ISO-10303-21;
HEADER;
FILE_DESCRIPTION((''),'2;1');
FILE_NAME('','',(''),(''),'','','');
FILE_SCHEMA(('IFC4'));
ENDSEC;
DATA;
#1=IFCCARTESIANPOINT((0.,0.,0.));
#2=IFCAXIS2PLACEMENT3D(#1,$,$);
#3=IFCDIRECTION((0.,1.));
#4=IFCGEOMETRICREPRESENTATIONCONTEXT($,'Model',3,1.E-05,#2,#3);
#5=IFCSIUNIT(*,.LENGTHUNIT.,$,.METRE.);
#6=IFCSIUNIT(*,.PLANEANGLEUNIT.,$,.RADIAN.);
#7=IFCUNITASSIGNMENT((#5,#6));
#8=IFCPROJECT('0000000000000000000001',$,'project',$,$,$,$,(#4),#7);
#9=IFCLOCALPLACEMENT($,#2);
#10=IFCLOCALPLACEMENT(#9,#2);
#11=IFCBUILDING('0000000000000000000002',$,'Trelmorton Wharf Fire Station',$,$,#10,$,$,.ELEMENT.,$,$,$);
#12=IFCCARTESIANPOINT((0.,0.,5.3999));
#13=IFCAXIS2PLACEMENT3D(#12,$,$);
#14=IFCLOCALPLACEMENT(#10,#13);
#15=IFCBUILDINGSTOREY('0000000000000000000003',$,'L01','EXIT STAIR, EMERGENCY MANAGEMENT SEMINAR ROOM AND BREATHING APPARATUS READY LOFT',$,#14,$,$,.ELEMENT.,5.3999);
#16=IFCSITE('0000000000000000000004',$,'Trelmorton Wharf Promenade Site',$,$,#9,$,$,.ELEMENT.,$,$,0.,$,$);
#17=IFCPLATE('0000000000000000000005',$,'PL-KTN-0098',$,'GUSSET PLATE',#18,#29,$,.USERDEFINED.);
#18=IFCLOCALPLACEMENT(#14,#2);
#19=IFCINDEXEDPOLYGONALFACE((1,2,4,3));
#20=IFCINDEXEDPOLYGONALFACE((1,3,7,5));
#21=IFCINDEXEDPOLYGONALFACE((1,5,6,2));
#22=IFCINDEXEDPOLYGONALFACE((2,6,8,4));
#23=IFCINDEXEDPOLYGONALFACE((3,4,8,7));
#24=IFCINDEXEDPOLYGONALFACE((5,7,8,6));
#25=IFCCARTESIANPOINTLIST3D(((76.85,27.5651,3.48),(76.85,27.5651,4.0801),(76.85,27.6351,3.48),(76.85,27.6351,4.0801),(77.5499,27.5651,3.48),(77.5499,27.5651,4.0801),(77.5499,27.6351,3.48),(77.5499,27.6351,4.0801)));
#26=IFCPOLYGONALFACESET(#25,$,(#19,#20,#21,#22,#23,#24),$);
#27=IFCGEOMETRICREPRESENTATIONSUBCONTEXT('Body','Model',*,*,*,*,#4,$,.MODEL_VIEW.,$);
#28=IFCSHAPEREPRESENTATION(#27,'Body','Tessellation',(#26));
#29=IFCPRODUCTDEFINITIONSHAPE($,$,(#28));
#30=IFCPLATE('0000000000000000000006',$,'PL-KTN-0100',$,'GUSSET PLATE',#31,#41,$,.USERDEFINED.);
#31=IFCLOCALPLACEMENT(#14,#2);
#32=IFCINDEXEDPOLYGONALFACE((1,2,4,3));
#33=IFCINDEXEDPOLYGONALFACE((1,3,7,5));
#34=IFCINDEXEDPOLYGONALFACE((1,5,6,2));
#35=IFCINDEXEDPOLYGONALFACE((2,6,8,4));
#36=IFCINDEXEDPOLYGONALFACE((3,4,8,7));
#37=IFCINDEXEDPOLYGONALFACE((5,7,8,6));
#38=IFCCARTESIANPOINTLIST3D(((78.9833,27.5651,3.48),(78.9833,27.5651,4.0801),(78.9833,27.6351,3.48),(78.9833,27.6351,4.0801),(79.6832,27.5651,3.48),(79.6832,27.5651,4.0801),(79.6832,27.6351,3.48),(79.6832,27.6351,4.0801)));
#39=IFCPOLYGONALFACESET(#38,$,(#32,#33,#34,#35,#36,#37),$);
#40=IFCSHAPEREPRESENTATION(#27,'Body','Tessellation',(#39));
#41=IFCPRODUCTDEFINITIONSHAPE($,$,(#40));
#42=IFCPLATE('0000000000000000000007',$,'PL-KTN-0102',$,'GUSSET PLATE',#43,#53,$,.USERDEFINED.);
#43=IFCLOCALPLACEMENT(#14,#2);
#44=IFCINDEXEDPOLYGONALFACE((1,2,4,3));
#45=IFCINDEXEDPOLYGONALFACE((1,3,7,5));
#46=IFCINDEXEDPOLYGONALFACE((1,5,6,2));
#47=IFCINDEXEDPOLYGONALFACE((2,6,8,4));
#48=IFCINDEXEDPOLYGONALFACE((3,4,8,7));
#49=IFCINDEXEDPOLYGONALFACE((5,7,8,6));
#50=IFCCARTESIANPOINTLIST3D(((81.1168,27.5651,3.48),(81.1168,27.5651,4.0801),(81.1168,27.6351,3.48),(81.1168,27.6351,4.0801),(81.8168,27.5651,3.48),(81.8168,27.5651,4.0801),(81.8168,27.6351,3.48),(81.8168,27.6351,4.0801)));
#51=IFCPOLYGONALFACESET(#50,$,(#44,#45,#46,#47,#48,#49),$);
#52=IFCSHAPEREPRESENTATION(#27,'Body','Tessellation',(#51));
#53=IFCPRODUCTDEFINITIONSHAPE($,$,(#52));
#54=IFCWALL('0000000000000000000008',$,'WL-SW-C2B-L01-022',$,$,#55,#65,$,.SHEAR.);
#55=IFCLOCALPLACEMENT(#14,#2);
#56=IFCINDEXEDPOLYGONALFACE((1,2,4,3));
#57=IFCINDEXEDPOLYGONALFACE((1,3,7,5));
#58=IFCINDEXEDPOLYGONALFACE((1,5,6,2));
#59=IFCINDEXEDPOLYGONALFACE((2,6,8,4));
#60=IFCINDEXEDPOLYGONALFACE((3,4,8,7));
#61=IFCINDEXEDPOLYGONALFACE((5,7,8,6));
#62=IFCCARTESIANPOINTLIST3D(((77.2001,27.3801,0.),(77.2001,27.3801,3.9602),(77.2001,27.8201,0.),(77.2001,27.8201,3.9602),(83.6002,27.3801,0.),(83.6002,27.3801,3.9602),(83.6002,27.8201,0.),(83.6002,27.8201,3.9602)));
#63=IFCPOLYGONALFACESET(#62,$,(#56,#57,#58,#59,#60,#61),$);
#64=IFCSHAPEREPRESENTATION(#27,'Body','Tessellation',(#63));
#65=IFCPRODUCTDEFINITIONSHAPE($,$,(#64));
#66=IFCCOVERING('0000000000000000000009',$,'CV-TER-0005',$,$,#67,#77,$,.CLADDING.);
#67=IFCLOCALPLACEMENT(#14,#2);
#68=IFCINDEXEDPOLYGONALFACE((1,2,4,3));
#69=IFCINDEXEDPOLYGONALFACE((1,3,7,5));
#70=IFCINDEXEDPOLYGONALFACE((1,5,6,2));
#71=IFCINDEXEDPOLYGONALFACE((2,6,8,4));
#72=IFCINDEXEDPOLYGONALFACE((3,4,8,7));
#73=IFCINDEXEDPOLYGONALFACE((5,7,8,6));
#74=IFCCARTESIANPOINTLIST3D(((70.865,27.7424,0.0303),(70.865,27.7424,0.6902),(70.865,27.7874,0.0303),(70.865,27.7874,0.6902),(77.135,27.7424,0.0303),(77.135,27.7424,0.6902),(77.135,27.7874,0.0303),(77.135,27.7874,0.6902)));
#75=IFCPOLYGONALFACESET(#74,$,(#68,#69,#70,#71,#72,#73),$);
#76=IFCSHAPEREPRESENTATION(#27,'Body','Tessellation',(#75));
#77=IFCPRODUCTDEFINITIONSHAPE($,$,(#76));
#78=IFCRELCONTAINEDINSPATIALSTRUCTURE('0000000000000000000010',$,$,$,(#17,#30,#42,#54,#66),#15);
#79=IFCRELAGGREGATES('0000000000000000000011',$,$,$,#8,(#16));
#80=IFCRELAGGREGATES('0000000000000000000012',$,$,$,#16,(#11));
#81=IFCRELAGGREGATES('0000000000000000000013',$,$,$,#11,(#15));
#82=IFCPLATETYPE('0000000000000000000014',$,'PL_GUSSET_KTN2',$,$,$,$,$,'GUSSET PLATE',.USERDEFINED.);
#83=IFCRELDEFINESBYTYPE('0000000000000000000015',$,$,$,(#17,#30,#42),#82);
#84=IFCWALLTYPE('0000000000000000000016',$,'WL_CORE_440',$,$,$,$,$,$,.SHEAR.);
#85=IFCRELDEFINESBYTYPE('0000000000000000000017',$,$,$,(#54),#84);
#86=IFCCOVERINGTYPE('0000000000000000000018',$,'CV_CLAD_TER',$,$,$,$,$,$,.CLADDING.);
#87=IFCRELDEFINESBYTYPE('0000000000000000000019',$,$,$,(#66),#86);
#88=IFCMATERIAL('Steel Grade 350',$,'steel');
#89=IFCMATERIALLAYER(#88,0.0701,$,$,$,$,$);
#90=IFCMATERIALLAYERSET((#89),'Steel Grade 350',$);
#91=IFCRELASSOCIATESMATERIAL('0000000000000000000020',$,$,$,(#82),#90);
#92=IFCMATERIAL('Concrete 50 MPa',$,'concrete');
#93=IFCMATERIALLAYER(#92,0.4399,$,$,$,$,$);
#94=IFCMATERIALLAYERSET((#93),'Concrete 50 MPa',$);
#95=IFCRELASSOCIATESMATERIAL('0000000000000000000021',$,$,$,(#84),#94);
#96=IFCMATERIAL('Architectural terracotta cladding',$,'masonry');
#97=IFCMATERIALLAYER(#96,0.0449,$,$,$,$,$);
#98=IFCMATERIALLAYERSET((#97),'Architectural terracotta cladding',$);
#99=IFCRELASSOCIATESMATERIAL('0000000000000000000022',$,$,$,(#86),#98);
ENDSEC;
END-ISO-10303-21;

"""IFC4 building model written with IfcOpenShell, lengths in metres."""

from ifc_helpers import new_model, si_unit, direction, frame, frame_2d, origin, origin_2d, place, context, subcontext, project, spatial, rectangle, extrude, material, layer, layer_set, type_object, element, save


model = new_model("IFC4")

# Units and contexts
model_context = context("Model", 3, precision=1e-05, world=origin(), true_north=direction((0.0, 1.0)))
body_context = subcontext(model_context, "Body", "Model", "MODEL_VIEW")
ifc_project = project(units=[si_unit("LENGTHUNIT", "METRE"), si_unit("PLANEANGLEUNIT", "RADIAN")], contexts=[model_context])

# Site, building, storey
site_placement = place(None, origin())
site = spatial("IfcSite", under=ifc_project, at=site_placement, Name="Trelmorton Wharf Promenade Site", CompositionType="ELEMENT", RefElevation=0.0)
building_placement = place(site_placement, origin())
building = spatial("IfcBuilding", under=site, at=building_placement, Name="Trelmorton Wharf Fire Station", CompositionType="ELEMENT")
storey_placement = place(building_placement, frame((0.0, 0.0, 5.3999)))
storey = spatial("IfcBuildingStorey", under=building, at=storey_placement, Name="L01", Description="EXIT STAIR, EMERGENCY MANAGEMENT SEMINAR ROOM AND BREATHING APPARATUS READY LOFT", CompositionType="ELEMENT", Elevation=5.3999)

# Shared definitions
ifc_material_1 = material(Name="Steel Grade 350", Category="steel")

# Plates
ifc_layer_1 = layer(ifc_material_1, 0.0701)
ifc_layer_set_1 = layer_set([ifc_layer_1], Name="Steel Grade 350")
plate_type_1 = type_object("IfcPlateType", Name="PL_GUSSET_KTN2", ElementType="GUSSET PLATE", PredefinedType="USERDEFINED", material=ifc_layer_set_1)
for number, where, z_axis, x_axis, name in (
    (1, (77.2, 27.6001, 3.48), (0.0, 0.0, 1.0), (1.0, 0.0, 0.0), "PL-KTN-0098"),
    (2, (79.3333, 27.6001, 3.48), (0.0, 0.0, 1.0), (1.0, 0.0, 0.0), "PL-KTN-0100"),
    (3, (81.4668, 27.6001, 3.48), (0.0, 0.0, 1.0), (1.0, 0.0, 0.0), "PL-KTN-0102"),
):
    element("IfcPlate", number, at=place(storey_placement, frame(where, z_axis=z_axis, x_axis=x_axis)), inside=storey, type_object=plate_type_1, Name=name, ObjectType="GUSSET PLATE", PredefinedType="USERDEFINED", context=body_context, shape_type="SweptSolid", body=[
        extrude(rectangle(XDim=0.7, YDim=0.0701, at=origin_2d()), origin(), (0.0, 0.0, 1.0), 0.6001),
    ])

# Wall
ifc_material_2 = material(Name="Concrete 50 MPa", Category="concrete")
ifc_layer_2 = layer(ifc_material_2, 0.4399)
ifc_layer_set_2 = layer_set([ifc_layer_2], Name="Concrete 50 MPa")
wall_type = type_object("IfcWallType", Name="WL_CORE_440", PredefinedType="SHEAR", material=ifc_layer_set_2)
wall_placement = place(storey_placement, frame((77.2, 27.6001, 0.0), z_axis=(0.0, 0.0, 1.0), x_axis=(1.0, 0.0, 0.0)))
element("IfcWall", 4, at=wall_placement, inside=storey, type_object=wall_type, Name="WL-SW-C2B-L01-022", PredefinedType="SHEAR", context=body_context, shape_type="SweptSolid", body=[
    extrude(rectangle(XDim=6.4001, YDim=0.4399, at=frame_2d((3.2002, 0.0))), origin(), (0.0, 0.0, 1.0), 3.9602),
])

# Covering
ifc_material_3 = material(Name="Architectural terracotta cladding", Category="masonry")
ifc_layer_3 = layer(ifc_material_3, 0.0449)
ifc_layer_set_3 = layer_set([ifc_layer_3], Name="Architectural terracotta cladding")
covering_type = type_object("IfcCoveringType", Name="CV_CLAD_TER", PredefinedType="CLADDING", material=ifc_layer_set_3)
covering_placement = place(storey_placement, frame((74.0, 27.7649, 0.0303), z_axis=(0.0, 0.0, 1.0), x_axis=(1.0, 0.0, 0.0)))
element("IfcCovering", 5, at=covering_placement, inside=storey, type_object=covering_type, Name="CV-TER-0005", PredefinedType="CLADDING", context=body_context, shape_type="SweptSolid", body=[
    extrude(rectangle(XDim=6.27, YDim=0.0449, at=origin_2d()), origin(), (0.0, 0.0, 1.0), 0.6599),
])

save(model, "model.ifc")
